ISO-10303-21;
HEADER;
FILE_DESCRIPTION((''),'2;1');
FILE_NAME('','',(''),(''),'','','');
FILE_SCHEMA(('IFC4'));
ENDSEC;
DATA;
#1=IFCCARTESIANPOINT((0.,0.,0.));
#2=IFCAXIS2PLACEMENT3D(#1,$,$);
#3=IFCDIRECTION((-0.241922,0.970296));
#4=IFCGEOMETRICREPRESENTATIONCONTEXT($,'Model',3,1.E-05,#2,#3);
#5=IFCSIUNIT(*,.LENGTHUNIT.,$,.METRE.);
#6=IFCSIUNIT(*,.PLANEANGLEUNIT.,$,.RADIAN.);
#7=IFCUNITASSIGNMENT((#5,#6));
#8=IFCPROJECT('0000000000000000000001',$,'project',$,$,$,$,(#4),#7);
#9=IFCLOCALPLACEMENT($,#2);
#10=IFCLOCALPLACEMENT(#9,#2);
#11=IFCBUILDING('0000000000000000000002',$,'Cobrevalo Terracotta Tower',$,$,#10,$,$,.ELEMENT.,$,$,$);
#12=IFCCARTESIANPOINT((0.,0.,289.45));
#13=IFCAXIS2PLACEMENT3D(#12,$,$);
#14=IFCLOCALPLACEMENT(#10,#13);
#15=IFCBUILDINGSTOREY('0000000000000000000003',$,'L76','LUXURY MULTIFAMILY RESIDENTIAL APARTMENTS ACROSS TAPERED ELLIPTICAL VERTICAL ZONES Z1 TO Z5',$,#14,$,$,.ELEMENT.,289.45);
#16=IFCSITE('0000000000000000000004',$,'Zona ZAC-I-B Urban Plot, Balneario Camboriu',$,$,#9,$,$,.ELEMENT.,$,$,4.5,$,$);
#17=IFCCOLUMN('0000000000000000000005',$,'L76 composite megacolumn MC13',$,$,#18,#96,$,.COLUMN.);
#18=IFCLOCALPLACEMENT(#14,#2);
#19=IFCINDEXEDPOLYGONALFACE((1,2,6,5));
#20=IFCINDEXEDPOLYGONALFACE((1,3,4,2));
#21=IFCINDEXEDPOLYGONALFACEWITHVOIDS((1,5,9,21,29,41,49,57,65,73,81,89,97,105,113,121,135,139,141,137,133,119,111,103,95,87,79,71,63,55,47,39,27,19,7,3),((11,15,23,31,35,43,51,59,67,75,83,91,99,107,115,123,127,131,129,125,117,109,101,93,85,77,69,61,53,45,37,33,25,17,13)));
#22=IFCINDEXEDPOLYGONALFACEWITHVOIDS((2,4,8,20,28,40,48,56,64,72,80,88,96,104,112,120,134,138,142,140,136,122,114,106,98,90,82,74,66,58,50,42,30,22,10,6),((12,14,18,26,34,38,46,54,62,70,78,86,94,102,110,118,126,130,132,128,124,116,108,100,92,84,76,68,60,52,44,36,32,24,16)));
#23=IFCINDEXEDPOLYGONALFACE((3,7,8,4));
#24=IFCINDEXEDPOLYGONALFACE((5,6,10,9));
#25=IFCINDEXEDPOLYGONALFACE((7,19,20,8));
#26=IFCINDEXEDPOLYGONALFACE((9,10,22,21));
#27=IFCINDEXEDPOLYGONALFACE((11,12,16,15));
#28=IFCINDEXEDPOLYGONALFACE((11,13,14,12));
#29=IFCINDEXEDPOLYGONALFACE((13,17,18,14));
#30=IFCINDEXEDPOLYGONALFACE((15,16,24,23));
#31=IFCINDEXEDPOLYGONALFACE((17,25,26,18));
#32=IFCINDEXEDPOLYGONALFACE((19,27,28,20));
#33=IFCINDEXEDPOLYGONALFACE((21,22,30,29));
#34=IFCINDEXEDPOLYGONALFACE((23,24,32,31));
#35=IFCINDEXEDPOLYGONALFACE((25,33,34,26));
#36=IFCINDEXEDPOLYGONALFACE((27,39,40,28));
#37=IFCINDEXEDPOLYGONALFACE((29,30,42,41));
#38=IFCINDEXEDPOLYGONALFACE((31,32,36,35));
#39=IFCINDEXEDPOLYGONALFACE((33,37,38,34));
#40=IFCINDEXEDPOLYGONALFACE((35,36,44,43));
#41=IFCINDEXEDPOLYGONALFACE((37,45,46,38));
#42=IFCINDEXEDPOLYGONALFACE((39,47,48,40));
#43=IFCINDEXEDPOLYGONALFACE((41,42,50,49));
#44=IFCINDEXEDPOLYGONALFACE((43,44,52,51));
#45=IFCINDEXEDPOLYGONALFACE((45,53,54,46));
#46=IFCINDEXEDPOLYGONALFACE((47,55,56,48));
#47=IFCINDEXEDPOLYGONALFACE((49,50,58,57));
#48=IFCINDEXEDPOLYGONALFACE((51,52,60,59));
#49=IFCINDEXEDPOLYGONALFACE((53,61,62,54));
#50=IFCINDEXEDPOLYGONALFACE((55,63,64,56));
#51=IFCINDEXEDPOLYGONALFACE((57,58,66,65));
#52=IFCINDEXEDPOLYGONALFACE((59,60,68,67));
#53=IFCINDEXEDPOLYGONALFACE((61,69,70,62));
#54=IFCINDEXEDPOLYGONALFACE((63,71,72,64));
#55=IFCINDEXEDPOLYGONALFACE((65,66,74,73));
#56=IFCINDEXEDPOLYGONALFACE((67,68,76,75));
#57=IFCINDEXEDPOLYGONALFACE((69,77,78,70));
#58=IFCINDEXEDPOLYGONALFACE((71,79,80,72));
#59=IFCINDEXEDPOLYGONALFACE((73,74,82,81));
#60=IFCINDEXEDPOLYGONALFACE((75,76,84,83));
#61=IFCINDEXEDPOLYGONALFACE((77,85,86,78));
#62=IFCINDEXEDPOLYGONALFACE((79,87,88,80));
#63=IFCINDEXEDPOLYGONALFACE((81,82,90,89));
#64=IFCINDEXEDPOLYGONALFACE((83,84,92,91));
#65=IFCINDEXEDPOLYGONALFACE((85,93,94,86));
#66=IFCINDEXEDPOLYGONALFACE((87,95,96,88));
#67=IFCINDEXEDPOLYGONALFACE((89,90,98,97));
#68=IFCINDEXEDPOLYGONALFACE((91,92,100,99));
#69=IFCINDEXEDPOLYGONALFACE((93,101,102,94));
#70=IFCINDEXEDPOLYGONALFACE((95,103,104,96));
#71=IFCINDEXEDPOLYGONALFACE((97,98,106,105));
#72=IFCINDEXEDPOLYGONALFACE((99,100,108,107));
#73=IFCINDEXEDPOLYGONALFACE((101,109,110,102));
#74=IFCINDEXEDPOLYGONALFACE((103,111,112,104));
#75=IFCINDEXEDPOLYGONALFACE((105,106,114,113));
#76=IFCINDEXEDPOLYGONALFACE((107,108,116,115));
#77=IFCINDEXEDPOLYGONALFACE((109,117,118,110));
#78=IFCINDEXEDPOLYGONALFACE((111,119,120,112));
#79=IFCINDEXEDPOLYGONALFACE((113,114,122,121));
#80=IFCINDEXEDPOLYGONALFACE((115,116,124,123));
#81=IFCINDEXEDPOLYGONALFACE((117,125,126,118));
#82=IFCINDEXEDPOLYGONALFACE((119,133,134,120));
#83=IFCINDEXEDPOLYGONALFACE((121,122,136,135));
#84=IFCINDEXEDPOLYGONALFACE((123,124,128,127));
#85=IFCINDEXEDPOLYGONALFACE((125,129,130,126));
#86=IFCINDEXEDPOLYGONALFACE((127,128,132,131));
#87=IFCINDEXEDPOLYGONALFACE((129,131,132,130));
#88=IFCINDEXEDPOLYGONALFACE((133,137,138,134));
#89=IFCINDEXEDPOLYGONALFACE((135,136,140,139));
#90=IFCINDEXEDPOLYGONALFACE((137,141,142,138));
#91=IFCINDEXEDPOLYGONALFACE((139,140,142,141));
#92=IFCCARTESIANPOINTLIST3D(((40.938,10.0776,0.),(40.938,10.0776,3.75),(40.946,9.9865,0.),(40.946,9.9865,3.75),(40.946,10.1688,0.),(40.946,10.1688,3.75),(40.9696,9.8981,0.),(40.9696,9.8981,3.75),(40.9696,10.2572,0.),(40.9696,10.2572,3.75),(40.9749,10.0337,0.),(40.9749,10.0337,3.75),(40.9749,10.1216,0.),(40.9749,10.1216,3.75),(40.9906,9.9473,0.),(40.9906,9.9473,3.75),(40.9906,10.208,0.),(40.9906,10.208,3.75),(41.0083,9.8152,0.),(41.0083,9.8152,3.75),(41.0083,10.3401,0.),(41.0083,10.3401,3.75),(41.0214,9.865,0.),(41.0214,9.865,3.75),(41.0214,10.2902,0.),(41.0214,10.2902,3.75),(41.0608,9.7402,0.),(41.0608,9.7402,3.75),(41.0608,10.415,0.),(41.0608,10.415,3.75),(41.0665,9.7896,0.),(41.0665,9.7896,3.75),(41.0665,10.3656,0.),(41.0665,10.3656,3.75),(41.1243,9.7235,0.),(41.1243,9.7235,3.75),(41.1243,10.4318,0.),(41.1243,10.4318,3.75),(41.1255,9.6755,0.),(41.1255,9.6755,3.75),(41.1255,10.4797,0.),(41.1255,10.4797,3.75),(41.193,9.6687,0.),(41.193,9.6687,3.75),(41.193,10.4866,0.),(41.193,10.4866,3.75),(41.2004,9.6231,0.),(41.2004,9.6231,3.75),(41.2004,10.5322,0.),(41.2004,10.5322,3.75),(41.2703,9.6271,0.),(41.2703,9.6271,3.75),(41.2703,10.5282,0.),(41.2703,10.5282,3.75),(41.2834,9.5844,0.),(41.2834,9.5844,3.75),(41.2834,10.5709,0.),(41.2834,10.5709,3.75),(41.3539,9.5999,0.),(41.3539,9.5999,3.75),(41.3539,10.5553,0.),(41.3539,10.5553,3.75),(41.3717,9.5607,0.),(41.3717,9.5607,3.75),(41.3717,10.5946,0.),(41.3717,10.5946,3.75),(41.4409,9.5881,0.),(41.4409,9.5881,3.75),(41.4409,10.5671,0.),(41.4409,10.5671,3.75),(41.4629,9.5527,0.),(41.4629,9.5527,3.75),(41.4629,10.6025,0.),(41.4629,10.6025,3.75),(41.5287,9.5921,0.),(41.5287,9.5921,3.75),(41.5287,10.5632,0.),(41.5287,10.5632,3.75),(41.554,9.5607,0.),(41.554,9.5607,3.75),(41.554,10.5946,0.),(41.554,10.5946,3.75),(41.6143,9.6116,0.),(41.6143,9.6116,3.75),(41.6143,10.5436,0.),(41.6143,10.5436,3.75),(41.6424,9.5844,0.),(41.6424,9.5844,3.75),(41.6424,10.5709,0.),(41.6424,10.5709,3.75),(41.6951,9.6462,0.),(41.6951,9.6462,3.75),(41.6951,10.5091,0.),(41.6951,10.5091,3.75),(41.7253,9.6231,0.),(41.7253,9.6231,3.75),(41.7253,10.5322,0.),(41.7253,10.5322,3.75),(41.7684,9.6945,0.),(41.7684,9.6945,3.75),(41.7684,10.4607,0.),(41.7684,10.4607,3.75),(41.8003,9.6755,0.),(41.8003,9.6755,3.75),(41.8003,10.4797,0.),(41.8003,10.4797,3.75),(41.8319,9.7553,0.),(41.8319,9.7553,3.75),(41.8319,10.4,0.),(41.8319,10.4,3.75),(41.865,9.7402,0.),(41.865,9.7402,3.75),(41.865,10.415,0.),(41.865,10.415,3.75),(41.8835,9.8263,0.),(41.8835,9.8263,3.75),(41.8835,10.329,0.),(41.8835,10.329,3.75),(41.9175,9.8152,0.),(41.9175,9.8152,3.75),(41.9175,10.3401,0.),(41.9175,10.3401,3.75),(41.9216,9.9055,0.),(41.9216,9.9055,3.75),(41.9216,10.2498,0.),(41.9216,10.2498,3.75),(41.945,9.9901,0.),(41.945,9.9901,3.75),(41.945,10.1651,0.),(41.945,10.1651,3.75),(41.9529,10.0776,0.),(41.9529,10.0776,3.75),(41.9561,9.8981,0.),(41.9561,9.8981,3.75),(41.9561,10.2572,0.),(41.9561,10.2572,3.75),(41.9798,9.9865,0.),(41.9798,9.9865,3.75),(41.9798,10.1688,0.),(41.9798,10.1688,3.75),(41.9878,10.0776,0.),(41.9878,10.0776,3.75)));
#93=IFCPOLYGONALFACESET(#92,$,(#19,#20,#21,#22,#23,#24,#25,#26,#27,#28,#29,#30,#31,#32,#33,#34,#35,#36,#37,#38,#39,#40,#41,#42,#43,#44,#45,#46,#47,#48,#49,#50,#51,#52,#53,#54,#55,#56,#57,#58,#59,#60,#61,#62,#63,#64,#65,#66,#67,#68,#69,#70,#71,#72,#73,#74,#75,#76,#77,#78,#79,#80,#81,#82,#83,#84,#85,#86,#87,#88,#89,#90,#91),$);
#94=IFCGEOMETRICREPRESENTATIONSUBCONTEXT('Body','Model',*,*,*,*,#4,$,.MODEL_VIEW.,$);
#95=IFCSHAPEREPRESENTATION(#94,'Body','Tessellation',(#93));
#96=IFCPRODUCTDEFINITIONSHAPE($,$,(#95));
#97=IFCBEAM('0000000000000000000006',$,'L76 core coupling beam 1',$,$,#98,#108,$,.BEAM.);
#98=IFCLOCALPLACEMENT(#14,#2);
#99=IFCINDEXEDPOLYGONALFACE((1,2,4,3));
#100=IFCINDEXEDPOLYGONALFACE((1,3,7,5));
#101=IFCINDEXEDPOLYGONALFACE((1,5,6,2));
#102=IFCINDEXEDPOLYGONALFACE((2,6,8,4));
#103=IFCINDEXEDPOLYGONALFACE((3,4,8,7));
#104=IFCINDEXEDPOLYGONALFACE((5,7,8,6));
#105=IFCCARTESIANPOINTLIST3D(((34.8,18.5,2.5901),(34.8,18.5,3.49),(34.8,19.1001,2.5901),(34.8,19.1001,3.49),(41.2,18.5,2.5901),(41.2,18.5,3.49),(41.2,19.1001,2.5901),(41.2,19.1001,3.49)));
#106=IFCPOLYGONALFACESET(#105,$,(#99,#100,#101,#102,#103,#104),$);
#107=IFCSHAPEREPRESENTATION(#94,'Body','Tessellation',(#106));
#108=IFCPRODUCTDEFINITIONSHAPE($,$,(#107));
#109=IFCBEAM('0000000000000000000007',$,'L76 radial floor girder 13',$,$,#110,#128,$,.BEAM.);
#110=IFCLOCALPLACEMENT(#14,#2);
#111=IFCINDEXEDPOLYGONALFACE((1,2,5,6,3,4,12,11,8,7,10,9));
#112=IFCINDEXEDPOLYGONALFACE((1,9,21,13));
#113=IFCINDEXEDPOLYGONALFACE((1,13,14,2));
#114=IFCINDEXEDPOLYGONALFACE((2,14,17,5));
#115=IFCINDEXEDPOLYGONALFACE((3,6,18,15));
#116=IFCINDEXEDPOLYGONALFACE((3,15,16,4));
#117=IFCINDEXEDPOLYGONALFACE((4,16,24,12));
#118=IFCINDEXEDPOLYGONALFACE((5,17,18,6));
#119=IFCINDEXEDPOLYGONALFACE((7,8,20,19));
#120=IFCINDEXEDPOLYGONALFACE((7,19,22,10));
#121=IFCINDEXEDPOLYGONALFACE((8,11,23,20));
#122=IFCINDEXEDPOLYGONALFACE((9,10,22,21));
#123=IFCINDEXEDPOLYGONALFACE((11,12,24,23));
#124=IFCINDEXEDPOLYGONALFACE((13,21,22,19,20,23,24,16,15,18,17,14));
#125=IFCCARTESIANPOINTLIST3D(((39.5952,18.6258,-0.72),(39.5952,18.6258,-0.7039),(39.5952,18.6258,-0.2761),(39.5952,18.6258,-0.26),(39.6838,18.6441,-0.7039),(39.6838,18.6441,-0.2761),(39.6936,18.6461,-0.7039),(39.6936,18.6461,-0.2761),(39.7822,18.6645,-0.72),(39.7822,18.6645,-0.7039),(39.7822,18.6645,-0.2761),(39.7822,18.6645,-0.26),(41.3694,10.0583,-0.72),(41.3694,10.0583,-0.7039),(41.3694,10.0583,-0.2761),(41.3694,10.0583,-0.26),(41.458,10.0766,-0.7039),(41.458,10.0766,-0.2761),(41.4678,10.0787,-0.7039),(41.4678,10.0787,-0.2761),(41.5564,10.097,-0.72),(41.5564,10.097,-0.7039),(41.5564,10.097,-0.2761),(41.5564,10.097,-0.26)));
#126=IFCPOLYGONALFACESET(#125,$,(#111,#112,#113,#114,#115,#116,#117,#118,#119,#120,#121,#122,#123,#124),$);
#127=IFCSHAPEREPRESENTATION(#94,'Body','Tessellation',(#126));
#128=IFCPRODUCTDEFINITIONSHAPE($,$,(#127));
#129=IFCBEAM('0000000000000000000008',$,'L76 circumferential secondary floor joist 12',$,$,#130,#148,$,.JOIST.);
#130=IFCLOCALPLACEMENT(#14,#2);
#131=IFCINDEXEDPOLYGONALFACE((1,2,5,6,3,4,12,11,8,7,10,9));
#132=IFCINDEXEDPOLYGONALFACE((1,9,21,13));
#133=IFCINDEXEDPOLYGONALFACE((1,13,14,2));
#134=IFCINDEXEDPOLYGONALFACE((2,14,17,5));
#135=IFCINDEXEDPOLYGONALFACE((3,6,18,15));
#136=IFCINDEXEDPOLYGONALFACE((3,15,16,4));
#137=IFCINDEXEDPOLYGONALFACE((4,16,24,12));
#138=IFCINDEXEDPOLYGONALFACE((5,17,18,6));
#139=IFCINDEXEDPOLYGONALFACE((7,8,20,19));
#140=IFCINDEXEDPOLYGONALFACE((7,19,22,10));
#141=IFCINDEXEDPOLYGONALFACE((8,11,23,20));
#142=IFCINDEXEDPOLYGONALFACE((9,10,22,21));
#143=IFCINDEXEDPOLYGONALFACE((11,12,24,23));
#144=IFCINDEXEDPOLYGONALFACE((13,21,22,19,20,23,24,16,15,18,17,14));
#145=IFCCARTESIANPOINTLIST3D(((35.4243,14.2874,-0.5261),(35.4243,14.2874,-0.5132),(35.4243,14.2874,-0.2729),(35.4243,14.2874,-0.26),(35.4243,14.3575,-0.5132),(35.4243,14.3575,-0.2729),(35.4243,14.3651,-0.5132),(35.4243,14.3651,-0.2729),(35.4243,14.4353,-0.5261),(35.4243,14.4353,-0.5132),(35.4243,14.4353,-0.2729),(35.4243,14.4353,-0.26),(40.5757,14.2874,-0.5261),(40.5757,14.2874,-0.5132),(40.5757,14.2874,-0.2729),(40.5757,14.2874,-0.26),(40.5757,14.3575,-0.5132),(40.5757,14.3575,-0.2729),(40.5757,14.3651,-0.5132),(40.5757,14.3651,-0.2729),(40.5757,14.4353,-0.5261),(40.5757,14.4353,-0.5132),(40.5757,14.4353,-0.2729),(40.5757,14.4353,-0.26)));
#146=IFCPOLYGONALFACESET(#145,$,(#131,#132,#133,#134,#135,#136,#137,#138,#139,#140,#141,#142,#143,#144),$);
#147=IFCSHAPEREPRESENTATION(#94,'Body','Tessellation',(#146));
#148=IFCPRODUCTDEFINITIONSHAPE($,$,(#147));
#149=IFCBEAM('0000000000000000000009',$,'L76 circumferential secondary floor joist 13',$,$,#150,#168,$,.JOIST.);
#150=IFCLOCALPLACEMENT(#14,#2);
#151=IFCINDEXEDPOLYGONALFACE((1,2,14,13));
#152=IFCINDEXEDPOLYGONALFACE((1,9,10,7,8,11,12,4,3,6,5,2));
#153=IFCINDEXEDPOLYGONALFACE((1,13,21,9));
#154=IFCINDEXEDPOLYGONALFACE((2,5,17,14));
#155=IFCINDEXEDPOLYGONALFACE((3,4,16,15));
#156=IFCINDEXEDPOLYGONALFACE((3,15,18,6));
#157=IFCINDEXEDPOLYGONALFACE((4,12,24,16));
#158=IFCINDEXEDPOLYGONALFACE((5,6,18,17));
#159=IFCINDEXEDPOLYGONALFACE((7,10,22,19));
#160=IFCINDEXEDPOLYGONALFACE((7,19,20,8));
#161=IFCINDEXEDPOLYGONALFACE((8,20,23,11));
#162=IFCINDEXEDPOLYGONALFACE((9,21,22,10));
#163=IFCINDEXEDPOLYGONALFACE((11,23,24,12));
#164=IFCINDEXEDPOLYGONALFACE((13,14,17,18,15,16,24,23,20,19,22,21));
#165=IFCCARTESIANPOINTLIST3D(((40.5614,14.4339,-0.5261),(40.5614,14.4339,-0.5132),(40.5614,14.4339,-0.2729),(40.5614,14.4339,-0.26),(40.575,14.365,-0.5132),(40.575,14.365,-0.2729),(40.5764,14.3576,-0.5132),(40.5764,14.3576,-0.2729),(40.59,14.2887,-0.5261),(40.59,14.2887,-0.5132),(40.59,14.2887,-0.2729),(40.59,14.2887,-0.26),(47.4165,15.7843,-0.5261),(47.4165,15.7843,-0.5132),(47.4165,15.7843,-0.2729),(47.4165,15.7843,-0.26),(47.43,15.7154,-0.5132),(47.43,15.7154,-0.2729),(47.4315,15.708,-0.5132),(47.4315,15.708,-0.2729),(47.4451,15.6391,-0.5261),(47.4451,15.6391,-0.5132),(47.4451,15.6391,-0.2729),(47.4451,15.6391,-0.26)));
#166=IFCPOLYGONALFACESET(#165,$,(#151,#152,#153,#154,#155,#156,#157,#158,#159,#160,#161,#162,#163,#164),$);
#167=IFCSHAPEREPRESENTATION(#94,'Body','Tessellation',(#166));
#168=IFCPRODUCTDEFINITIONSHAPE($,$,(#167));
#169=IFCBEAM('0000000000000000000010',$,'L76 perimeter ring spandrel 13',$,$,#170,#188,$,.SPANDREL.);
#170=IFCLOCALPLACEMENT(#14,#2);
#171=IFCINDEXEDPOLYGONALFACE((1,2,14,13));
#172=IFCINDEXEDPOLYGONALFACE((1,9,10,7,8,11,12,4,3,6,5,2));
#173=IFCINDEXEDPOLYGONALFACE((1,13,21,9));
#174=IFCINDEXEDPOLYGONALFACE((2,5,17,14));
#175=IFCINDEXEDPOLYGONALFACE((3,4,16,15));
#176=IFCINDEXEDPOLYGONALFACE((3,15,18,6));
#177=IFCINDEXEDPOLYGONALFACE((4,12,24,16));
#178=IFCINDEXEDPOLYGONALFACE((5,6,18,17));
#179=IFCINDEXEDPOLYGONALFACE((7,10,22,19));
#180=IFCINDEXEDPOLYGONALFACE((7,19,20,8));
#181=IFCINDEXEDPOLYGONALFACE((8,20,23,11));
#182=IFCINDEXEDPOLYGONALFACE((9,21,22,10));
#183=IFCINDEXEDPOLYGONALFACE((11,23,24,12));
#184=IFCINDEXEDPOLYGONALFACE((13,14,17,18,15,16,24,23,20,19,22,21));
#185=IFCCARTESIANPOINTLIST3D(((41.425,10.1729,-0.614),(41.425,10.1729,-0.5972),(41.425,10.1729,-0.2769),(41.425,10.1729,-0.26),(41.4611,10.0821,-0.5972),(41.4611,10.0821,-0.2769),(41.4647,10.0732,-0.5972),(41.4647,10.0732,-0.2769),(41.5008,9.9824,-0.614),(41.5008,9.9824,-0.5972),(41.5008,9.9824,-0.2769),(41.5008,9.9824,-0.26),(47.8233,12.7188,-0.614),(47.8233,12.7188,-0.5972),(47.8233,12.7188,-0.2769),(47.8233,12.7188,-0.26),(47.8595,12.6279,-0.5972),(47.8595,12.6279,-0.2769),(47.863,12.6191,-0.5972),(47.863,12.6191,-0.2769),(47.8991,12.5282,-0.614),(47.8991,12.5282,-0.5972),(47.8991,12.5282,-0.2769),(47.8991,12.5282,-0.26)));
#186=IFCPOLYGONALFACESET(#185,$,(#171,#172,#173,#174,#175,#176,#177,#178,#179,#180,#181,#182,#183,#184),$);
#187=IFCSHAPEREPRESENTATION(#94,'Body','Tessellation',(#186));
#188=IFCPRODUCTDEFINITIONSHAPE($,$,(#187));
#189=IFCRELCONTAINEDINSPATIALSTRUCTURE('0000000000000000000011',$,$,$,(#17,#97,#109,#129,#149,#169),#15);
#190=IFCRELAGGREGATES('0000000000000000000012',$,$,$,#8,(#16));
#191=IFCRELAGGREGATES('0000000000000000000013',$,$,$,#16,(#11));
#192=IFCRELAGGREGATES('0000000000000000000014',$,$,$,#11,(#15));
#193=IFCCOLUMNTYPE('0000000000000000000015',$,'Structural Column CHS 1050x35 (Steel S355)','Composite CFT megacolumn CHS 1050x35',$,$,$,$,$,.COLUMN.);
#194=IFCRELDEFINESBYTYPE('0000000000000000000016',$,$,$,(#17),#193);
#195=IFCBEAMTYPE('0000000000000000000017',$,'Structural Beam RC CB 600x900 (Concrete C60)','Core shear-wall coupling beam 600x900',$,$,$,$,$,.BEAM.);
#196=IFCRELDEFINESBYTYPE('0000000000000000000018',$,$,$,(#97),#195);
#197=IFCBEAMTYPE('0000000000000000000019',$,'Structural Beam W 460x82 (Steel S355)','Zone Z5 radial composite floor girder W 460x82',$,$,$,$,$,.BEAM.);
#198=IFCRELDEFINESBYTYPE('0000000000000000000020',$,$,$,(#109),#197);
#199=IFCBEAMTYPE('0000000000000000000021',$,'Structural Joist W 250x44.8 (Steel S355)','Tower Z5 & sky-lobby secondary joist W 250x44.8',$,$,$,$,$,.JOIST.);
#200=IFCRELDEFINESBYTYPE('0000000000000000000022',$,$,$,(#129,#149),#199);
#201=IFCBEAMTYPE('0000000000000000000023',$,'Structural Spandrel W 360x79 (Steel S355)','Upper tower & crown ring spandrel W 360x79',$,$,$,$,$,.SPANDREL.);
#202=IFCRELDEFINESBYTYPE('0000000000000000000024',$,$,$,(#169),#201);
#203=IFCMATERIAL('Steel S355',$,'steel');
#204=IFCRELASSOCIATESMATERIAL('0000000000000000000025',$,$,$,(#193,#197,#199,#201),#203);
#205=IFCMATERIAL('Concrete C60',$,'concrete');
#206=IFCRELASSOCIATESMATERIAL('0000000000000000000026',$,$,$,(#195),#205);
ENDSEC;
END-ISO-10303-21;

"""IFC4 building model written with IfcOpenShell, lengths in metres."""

from ifc_helpers import new_model, si_unit, direction, frame, origin, origin_2d, place, context, subcontext, project, spatial, rectangle, hollow_circle, i_section, extrude, material, material_profile, profile_set, type_object, element, save


model = new_model("IFC4")

# Units and contexts
model_context = context("Model", 3, precision=1e-05, world=origin(), true_north=direction((-0.241922, 0.970296)))
body_context = subcontext(model_context, "Body", "Model", "MODEL_VIEW")
ifc_project = project(units=[si_unit("LENGTHUNIT", "METRE"), si_unit("PLANEANGLEUNIT", "RADIAN")], contexts=[model_context])

# Site, building, storey
site_placement = place(None, origin())
site = spatial("IfcSite", under=ifc_project, at=site_placement, Name="Zona ZAC-I-B Urban Plot, Balneario Camboriu", CompositionType="ELEMENT", RefElevation=4.5)
building_placement = place(site_placement, origin())
building = spatial("IfcBuilding", under=site, at=building_placement, Name="Cobrevalo Terracotta Tower", CompositionType="ELEMENT")
storey_placement = place(building_placement, frame((0.0, 0.0, 289.45)))
storey = spatial("IfcBuildingStorey", under=building, at=storey_placement, Name="L76", Description="LUXURY MULTIFAMILY RESIDENTIAL APARTMENTS ACROSS TAPERED ELLIPTICAL VERTICAL ZONES Z1 TO Z5", CompositionType="ELEMENT", Elevation=289.45)

# Column
ifc_material_1 = material(Name="Steel S355", Category="steel")
ifc_material_profile_1 = material_profile(ifc_material_1, hollow_circle(Radius=0.5249, WallThickness=0.0349, at=origin_2d()), Name="CHS 1050x35")
ifc_profile_set_1 = profile_set([ifc_material_profile_1], Name="Steel S355")
column_type = type_object("IfcColumnType", Name="Structural Column CHS 1050x35 (Steel S355)", Description="Composite CFT megacolumn CHS 1050x35", PredefinedType="COLUMN", material=ifc_profile_set_1)
column_placement = place(storey_placement, frame((41.4629, 10.0776, 0.0), z_axis=(0.0, 0.0, 1.0), x_axis=(1.0, 0.0, 0.0)))
element("IfcColumn", 1, at=column_placement, inside=storey, type_object=column_type, Name="L76 composite megacolumn MC13", PredefinedType="COLUMN", context=body_context, shape_type="SweptSolid", body=[
    extrude(hollow_circle(Radius=0.5249, WallThickness=0.0349, at=origin_2d()), origin(), (0.0, 0.0, 1.0), 3.75),
])

# Beams
ifc_material_2 = material(Name="Concrete C60", Category="concrete")
ifc_material_profile_2 = material_profile(ifc_material_2, rectangle(XDim=0.6001, YDim=0.8999, at=origin_2d()), Name="RC CB 600x900")
ifc_profile_set_2 = profile_set([ifc_material_profile_2], Name="Concrete C60")
beam_type_1 = type_object("IfcBeamType", Name="Structural Beam RC CB 600x900 (Concrete C60)", Description="Core shear-wall coupling beam 600x900", PredefinedType="BEAM", material=ifc_profile_set_2)
beam_1_placement = place(storey_placement, frame((34.8, 18.8, 3.04), z_axis=(1.0, 0.0, 0.0), x_axis=(0.0, 1.0, 0.0)))
element("IfcBeam", 2, at=beam_1_placement, inside=storey, type_object=beam_type_1, Name="L76 core coupling beam 1", PredefinedType="BEAM", context=body_context, shape_type="SweptSolid", body=[
    extrude(rectangle(XDim=0.6001, YDim=0.8999, at=origin_2d()), origin(), (0.0, 0.0, 1.0), 6.3999),
])
ifc_material_profile_3 = material_profile(ifc_material_1, i_section(OverallWidth=0.1909, OverallDepth=0.46, WebThickness=0.01, FlangeThickness=0.0161, at=origin_2d()), Name="W 460x82")
ifc_profile_set_3 = profile_set([ifc_material_profile_3], Name="Steel S355")
beam_type_2 = type_object("IfcBeamType", Name="Structural Beam W 460x82 (Steel S355)", Description="Zone Z5 radial composite floor girder W 460x82", PredefinedType="BEAM", material=ifc_profile_set_3)
beam_2_placement = place(storey_placement, frame((41.4629, 10.0776, -0.49), z_axis=(-0.202782, 0.979224, 0.0), x_axis=(-0.979224, -0.202782, 0.0)))
element("IfcBeam", 3, at=beam_2_placement, inside=storey, type_object=beam_type_2, Name="L76 radial floor girder 13", PredefinedType="BEAM", context=body_context, shape_type="SweptSolid", body=[
    extrude(i_section(OverallWidth=0.1909, OverallDepth=0.46, WebThickness=0.01, FlangeThickness=0.0161, at=origin_2d()), origin(), (0.0, 0.0, 1.0), 8.7493),
])
ifc_material_profile_4 = material_profile(ifc_material_1, i_section(OverallWidth=0.1479, OverallDepth=0.2661, WebThickness=0.0076, FlangeThickness=0.0129, at=origin_2d()), Name="W 250x44.8")
ifc_profile_set_4 = profile_set([ifc_material_profile_4], Name="Steel S355")
beam_type_3 = type_object("IfcBeamType", Name="Structural Joist W 250x44.8 (Steel S355)", Description="Tower Z5 & sky-lobby secondary joist W 250x44.8", PredefinedType="JOIST", material=ifc_profile_set_4)
beam_3_placement = place(storey_placement, frame((35.4243, 14.3613, -0.3931), z_axis=(1.0, 0.0, 0.0), x_axis=(0.0, 1.0, 0.0)))
element("IfcBeam", 4, at=beam_3_placement, inside=storey, type_object=beam_type_3, Name="L76 circumferential secondary floor joist 12", PredefinedType="JOIST", context=body_context, shape_type="SweptSolid", body=[
    extrude(i_section(OverallWidth=0.1479, OverallDepth=0.2661, WebThickness=0.0076, FlangeThickness=0.0129, at=origin_2d()), origin(), (0.0, 0.0, 1.0), 5.1514),
])
beam_4_placement = place(storey_placement, frame((40.5757, 14.3613, -0.3931), z_axis=(0.981145, 0.193273, 0.0), x_axis=(-0.193273, 0.981145, 0.0)))
element("IfcBeam", 5, at=beam_4_placement, inside=storey, type_object=beam_type_3, Name="L76 circumferential secondary floor joist 13", PredefinedType="JOIST", context=body_context, shape_type="SweptSolid", body=[
    extrude(i_section(OverallWidth=0.1479, OverallDepth=0.2661, WebThickness=0.0076, FlangeThickness=0.0129, at=origin_2d()), origin(), (0.0, 0.0, 1.0), 6.9868),
])
ifc_material_profile_5 = material_profile(ifc_material_1, i_section(OverallWidth=0.2051, OverallDepth=0.354, WebThickness=0.0095, FlangeThickness=0.0168, at=origin_2d()), Name="W 360x79")
ifc_profile_set_5 = profile_set([ifc_material_profile_5], Name="Steel S355")
beam_type_4 = type_object("IfcBeamType", Name="Structural Spandrel W 360x79 (Steel S355)", Description="Upper tower & crown ring spandrel W 360x79", PredefinedType="SPANDREL", material=ifc_profile_set_5)
beam_5_placement = place(storey_placement, frame((41.4629, 10.0776, -0.437), z_axis=(0.92915, 0.369703, 0.0), x_axis=(-0.369703, 0.92915, 0.0)))
element("IfcBeam", 6, at=beam_5_placement, inside=storey, type_object=beam_type_4, Name="L76 perimeter ring spandrel 13", PredefinedType="SPANDREL", context=body_context, shape_type="SweptSolid", body=[
    extrude(i_section(OverallWidth=0.2051, OverallDepth=0.354, WebThickness=0.0095, FlangeThickness=0.0168, at=origin_2d()), origin(), (0.0, 0.0, 1.0), 6.8862),
])

save(model, "model.ifc")
